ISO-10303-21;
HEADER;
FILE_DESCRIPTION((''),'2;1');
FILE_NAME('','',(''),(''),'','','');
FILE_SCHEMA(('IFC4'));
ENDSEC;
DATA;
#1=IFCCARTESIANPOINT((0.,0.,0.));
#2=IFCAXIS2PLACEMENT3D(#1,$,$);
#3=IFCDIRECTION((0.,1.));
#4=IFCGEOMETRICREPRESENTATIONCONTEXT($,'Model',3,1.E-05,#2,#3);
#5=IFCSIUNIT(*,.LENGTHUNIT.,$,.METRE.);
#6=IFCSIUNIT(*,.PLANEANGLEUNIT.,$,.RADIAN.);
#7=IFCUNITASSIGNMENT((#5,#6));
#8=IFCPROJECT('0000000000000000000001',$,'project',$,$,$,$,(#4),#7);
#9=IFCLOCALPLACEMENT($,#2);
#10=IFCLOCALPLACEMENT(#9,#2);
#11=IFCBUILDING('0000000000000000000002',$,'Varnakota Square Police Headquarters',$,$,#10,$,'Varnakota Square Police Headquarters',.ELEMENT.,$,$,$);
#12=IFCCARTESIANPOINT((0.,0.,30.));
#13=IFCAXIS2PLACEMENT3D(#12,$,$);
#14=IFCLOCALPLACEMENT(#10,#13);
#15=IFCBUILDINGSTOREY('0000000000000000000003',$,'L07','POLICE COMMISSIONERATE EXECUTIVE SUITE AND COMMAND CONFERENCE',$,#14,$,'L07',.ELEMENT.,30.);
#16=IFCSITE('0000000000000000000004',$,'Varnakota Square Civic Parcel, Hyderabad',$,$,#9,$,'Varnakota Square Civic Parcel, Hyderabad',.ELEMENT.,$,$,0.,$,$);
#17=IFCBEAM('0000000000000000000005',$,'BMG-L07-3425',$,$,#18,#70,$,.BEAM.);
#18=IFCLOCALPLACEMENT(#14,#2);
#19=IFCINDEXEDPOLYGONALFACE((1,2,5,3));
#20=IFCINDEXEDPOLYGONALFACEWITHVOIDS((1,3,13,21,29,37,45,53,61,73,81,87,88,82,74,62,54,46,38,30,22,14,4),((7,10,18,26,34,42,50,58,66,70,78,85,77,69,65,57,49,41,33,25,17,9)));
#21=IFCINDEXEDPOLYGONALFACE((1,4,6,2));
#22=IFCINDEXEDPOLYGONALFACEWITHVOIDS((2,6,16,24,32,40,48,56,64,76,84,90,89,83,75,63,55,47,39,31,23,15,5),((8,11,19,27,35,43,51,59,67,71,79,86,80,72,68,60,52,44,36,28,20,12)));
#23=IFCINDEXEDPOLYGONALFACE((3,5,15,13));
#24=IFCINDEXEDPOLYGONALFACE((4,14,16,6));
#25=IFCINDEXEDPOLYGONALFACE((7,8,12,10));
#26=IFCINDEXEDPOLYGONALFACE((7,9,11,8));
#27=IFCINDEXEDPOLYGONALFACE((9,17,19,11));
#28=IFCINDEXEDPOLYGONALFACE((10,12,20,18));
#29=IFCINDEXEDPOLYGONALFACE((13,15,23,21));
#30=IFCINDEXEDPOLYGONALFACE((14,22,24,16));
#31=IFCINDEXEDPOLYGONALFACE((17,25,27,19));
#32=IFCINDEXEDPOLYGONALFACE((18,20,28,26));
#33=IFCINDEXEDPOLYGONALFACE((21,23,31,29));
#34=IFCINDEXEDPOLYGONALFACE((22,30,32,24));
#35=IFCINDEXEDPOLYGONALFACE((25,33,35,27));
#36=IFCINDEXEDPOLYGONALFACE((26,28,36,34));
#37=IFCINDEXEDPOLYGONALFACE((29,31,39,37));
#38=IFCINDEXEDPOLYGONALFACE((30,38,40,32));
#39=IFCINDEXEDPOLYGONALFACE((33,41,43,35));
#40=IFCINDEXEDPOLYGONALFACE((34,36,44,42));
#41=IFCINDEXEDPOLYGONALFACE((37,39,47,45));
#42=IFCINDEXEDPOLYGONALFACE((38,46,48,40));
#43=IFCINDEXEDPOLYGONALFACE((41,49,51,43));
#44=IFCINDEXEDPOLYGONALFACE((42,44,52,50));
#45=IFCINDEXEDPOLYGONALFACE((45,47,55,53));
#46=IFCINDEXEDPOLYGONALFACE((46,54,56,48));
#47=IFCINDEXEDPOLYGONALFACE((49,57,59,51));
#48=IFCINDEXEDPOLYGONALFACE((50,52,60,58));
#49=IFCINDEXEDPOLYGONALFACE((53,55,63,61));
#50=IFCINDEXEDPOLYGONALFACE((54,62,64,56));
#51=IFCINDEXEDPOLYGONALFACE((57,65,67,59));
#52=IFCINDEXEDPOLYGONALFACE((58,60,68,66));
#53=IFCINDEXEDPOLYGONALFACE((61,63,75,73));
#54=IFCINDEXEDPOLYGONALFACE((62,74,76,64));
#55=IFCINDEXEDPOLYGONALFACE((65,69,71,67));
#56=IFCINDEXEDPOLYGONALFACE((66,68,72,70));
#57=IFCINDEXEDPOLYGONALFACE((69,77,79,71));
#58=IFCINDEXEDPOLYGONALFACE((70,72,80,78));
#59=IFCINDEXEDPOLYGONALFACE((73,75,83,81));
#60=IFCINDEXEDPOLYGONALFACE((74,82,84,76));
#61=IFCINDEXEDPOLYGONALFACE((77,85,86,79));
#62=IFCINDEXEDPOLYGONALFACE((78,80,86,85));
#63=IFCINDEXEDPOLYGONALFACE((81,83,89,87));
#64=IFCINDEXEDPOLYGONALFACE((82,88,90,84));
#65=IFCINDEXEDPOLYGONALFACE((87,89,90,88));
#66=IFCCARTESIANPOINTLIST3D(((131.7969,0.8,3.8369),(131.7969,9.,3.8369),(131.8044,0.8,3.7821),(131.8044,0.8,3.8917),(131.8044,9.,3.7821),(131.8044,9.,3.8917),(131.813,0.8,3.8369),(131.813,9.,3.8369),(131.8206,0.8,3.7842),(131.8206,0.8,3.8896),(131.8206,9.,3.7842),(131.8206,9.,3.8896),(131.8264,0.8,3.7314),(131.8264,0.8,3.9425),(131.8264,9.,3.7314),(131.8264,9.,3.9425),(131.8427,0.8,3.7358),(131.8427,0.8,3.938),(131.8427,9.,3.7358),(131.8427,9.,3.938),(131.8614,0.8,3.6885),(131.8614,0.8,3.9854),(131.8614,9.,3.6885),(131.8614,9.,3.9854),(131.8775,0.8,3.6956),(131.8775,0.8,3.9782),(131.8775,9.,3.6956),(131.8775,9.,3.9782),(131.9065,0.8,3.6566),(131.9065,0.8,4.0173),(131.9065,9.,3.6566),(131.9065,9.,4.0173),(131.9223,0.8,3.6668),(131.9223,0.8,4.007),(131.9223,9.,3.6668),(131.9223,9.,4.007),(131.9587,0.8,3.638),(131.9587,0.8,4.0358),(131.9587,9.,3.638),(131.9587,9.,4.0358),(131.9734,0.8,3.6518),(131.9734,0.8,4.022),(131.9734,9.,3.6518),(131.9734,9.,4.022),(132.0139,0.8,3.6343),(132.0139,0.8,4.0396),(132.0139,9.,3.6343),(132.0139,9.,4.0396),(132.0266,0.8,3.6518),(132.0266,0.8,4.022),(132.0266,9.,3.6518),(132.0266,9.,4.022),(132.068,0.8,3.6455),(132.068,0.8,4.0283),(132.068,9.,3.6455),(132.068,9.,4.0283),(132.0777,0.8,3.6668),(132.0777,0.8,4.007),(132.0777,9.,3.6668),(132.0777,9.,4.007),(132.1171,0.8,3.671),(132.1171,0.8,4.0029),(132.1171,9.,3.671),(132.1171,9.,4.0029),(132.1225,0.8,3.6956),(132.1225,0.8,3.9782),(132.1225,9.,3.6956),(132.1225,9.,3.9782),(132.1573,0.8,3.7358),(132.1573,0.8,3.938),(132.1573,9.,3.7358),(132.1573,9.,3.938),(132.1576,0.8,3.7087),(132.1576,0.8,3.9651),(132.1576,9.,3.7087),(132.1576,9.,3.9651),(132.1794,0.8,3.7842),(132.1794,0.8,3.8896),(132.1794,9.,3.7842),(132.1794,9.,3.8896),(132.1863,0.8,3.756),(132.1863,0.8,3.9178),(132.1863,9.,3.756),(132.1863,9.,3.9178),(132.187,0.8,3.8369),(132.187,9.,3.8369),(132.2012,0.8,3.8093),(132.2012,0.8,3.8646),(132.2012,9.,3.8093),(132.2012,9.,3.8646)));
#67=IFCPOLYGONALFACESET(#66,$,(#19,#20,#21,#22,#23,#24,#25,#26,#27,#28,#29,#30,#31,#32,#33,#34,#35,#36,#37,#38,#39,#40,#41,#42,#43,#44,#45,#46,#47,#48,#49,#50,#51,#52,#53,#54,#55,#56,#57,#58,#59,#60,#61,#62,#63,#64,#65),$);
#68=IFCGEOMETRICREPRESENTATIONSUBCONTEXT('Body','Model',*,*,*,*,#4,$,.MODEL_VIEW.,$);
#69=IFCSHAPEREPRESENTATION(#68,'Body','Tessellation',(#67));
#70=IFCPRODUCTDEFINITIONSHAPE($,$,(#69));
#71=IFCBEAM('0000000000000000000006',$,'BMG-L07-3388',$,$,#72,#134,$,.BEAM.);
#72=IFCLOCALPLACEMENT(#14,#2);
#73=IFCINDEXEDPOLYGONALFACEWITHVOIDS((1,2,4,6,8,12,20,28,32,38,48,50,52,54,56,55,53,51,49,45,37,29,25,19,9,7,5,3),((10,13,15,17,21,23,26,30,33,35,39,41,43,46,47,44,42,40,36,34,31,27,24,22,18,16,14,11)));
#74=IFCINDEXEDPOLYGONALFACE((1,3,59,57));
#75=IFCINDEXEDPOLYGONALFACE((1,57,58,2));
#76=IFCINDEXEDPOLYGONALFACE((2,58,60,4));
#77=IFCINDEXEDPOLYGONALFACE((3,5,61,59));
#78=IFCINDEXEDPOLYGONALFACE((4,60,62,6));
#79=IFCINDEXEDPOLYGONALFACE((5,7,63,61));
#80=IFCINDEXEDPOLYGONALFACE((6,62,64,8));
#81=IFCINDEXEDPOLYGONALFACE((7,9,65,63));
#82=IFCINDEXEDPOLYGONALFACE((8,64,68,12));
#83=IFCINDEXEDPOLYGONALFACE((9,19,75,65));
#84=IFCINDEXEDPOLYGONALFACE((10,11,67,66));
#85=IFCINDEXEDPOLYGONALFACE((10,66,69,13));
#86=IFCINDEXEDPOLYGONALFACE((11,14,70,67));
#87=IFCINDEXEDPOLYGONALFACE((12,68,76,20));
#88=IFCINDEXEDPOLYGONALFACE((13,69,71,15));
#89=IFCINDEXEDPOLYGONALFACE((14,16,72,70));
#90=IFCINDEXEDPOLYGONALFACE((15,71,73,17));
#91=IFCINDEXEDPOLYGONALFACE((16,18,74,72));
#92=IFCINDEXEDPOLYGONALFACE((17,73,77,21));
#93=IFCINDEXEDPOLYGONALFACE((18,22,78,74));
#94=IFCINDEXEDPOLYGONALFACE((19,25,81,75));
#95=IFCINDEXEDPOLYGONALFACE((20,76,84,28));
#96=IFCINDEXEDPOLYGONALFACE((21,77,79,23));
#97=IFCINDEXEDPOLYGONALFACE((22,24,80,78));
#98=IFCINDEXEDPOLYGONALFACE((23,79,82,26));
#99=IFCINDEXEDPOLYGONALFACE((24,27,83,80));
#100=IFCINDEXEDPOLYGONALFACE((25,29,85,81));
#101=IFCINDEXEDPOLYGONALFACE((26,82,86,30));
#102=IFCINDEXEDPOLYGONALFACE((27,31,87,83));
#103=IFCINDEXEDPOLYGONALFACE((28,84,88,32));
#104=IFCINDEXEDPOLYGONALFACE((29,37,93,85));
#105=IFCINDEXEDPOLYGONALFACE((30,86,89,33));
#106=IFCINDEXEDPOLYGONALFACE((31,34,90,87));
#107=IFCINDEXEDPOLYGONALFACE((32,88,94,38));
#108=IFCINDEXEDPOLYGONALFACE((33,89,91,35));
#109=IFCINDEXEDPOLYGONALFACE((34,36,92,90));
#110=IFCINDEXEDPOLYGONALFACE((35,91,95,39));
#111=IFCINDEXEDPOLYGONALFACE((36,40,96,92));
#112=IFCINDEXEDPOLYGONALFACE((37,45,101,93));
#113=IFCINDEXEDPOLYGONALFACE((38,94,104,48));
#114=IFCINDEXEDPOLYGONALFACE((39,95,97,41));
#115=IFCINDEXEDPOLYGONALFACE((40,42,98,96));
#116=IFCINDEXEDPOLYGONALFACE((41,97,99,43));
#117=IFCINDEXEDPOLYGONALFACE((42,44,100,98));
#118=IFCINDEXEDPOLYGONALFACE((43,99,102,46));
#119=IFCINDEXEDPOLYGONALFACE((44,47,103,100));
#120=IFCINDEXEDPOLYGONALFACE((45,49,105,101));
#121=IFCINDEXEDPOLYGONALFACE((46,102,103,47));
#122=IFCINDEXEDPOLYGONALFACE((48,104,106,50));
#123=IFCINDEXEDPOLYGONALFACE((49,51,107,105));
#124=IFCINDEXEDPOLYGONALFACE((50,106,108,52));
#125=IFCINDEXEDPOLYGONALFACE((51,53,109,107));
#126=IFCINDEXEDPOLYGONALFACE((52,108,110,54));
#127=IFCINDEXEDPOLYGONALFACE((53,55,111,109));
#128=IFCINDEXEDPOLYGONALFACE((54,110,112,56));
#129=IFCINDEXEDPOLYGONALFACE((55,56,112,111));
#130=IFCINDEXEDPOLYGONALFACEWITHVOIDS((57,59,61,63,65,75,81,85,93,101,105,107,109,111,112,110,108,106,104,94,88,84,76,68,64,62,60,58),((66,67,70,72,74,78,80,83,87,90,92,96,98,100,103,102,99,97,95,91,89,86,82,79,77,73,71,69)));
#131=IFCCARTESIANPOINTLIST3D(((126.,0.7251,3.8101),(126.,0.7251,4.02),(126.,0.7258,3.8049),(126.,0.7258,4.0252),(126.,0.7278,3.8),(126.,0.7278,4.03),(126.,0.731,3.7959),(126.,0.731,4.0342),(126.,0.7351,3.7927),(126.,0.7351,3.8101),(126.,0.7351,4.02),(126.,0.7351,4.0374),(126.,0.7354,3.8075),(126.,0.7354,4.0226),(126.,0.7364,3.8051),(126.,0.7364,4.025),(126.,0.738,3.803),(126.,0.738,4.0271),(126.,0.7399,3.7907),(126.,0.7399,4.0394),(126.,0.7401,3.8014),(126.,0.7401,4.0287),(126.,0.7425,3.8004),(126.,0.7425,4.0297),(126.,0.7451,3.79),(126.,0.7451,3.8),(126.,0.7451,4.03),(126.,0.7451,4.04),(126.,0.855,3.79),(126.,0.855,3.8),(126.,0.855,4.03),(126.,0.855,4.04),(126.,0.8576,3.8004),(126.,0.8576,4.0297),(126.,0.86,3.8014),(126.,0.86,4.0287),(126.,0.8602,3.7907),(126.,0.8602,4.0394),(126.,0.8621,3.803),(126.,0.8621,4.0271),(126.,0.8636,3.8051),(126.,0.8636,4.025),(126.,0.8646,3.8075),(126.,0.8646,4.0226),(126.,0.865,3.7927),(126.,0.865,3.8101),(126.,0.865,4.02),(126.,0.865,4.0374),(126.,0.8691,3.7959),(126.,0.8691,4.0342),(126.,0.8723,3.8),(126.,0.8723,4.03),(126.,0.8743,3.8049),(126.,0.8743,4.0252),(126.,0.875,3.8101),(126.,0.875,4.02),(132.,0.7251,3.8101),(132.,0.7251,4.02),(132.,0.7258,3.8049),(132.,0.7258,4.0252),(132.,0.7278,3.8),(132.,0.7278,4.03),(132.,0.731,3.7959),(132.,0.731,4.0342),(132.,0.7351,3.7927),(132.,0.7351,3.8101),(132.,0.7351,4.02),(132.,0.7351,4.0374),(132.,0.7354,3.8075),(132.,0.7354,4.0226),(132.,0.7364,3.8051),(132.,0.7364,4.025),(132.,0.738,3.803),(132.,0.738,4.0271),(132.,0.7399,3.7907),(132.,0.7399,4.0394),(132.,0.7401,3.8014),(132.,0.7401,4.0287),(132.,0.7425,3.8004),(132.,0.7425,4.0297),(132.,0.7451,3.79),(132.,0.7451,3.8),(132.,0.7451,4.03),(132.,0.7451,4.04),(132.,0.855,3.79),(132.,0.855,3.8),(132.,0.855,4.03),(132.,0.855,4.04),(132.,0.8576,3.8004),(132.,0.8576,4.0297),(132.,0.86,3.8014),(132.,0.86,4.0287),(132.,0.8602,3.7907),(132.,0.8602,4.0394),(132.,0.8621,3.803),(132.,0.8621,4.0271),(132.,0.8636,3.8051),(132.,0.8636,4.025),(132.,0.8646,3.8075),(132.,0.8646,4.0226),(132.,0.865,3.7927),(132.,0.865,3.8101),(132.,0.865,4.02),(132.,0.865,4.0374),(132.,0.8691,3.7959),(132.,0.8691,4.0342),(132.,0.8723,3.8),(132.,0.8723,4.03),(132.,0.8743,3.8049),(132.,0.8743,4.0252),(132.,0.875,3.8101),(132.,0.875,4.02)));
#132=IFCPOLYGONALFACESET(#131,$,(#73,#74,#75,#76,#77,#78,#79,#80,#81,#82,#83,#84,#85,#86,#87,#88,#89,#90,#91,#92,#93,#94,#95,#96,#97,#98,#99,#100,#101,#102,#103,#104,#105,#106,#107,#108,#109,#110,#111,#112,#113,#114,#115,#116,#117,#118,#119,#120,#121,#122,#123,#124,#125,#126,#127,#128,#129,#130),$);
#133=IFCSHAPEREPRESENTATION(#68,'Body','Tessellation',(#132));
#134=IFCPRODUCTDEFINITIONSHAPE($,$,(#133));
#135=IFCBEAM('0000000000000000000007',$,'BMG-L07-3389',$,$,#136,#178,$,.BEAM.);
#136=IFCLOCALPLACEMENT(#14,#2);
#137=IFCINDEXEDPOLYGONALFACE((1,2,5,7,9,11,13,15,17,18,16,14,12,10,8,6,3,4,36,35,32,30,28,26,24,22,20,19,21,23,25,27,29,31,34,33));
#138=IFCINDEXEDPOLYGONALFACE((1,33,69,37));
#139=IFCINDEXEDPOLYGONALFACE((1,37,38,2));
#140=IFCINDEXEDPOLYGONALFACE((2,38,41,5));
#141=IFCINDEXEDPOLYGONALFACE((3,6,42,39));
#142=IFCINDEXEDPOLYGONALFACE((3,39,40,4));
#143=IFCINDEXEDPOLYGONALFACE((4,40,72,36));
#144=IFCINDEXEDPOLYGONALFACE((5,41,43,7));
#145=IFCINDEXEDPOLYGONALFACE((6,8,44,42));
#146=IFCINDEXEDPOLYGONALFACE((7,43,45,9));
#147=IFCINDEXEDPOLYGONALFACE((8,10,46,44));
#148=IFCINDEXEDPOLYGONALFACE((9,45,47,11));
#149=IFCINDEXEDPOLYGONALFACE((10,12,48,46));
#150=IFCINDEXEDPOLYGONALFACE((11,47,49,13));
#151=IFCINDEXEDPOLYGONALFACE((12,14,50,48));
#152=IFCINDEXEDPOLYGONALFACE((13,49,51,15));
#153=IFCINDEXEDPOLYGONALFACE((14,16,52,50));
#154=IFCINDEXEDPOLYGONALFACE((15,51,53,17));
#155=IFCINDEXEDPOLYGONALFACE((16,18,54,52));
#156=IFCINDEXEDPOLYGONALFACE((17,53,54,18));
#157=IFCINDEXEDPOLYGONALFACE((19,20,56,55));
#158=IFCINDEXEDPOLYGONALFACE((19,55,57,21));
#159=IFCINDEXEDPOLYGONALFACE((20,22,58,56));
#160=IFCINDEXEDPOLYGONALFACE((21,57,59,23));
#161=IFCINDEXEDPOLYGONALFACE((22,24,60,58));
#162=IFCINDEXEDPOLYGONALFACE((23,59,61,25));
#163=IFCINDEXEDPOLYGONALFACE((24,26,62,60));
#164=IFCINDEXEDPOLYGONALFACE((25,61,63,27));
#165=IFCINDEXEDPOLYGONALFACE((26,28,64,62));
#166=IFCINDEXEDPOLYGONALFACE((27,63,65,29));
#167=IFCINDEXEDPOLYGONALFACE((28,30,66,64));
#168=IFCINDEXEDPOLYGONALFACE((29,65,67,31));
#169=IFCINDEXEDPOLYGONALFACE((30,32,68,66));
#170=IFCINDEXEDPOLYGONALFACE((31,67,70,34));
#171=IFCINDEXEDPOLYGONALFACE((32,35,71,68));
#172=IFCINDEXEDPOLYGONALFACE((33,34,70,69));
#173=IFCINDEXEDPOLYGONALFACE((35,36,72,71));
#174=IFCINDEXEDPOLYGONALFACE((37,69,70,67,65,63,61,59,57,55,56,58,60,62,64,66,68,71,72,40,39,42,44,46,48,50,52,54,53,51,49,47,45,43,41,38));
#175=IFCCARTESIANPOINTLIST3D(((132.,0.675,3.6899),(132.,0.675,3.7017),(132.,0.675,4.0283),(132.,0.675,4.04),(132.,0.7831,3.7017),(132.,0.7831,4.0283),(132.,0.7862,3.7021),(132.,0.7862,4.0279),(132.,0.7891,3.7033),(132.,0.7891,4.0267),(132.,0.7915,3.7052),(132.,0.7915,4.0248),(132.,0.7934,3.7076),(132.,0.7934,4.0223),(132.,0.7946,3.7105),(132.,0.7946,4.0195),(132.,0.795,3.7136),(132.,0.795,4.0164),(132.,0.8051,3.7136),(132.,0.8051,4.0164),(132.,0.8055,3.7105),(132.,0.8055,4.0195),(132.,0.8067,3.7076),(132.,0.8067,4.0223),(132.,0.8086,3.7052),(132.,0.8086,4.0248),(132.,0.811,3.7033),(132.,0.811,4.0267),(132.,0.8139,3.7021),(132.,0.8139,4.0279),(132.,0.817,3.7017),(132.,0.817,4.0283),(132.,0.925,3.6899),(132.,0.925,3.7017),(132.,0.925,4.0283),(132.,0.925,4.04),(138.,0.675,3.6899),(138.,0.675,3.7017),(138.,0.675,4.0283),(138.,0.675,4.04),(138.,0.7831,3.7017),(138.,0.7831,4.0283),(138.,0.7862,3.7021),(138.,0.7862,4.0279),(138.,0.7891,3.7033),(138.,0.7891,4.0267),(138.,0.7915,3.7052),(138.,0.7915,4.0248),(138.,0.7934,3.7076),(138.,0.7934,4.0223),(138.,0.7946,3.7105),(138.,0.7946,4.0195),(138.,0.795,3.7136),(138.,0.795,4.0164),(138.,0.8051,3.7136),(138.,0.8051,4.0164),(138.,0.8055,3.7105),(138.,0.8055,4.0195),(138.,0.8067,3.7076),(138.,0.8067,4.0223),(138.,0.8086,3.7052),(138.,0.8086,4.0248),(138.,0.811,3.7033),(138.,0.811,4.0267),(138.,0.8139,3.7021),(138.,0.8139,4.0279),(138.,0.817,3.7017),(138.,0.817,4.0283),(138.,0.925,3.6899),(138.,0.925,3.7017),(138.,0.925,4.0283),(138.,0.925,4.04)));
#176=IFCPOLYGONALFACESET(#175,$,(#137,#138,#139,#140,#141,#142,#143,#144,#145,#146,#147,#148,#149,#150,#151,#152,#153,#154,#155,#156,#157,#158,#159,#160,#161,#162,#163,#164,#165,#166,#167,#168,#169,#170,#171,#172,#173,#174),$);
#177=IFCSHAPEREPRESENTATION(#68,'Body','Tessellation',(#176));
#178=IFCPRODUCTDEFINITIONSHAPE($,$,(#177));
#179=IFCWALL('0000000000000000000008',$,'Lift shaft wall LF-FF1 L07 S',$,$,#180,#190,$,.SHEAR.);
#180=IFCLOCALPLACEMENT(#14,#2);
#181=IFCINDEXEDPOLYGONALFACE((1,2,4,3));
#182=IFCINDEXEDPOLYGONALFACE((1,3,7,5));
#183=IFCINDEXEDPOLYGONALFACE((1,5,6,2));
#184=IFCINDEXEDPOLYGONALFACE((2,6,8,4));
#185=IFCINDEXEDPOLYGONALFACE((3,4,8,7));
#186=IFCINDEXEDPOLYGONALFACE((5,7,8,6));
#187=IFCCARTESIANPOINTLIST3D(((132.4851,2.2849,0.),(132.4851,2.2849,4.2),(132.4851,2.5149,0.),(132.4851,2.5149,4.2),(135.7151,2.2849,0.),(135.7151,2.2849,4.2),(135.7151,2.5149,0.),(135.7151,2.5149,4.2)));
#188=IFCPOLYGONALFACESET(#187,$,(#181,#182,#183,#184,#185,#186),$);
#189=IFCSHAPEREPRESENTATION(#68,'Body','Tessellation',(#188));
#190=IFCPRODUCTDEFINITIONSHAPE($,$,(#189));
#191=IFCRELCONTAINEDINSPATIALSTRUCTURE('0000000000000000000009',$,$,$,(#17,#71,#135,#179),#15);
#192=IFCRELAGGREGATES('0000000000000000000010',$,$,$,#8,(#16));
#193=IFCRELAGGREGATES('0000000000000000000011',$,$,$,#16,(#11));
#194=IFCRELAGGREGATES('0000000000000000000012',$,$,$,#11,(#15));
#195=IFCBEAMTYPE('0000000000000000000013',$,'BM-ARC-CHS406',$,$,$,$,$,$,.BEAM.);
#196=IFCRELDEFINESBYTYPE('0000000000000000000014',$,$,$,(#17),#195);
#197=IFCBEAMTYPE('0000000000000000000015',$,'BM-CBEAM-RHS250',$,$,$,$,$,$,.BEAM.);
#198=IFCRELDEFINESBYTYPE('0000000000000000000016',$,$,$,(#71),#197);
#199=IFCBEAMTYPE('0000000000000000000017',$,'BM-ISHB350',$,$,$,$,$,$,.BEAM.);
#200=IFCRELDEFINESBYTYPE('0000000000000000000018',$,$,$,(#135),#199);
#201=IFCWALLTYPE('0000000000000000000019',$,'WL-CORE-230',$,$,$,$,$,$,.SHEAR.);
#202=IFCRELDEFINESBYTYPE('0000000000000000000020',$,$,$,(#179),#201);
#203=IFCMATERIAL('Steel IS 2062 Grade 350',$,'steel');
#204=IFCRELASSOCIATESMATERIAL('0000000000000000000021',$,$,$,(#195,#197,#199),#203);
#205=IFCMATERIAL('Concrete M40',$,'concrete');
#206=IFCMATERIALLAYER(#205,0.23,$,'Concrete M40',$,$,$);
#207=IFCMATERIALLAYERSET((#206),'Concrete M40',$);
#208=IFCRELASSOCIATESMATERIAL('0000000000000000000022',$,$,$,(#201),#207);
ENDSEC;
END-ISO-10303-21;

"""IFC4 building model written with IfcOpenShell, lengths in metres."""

from ifc_helpers import new_model, si_unit, direction, frame, frame_2d, origin, origin_2d, place, context, subcontext, project, spatial, rectangle, hollow_rectangle, hollow_circle, i_section, extrude, material, layer, layer_set, material_profile, profile_set, type_object, element, save


model = new_model("IFC4")

# Units and contexts
model_context = context("Model", 3, precision=1e-05, world=origin(), true_north=direction((0.0, 1.0)))
body_context = subcontext(model_context, "Body", "Model", "MODEL_VIEW")
ifc_project = project(units=[si_unit("LENGTHUNIT", "METRE"), si_unit("PLANEANGLEUNIT", "RADIAN")], contexts=[model_context])

# Site, building, storey
site_placement = place(None, origin())
site = spatial("IfcSite", under=ifc_project, at=site_placement, Name="Varnakota Square Civic Parcel, Hyderabad", LongName="Varnakota Square Civic Parcel, Hyderabad", CompositionType="ELEMENT", RefElevation=0.0)
building_placement = place(site_placement, origin())
building = spatial("IfcBuilding", under=site, at=building_placement, Name="Varnakota Square Police Headquarters", LongName="Varnakota Square Police Headquarters", CompositionType="ELEMENT")
storey_placement = place(building_placement, frame((0.0, 0.0, 30.0)))
storey = spatial("IfcBuildingStorey", under=building, at=storey_placement, Name="L07", Description="POLICE COMMISSIONERATE EXECUTIVE SUITE AND COMMAND CONFERENCE", LongName="L07", CompositionType="ELEMENT", Elevation=30.0)

# Shared definitions
ifc_material_1 = material(Name="Steel IS 2062 Grade 350", Category="steel")

# Beams
ifc_material_profile_1 = material_profile(ifc_material_1, hollow_circle(Radius=0.2031, WallThickness=0.0161, at=origin_2d()), Name="CHS 406.4x16.0")
ifc_profile_set_1 = profile_set([ifc_material_profile_1], Name="Steel IS 2062 Grade 350")
beam_type_1 = type_object("IfcBeamType", Name="BM-ARC-CHS406", PredefinedType="BEAM", material=ifc_profile_set_1)
for number, where, z_axis, x_axis, name in (
    (1, (132.0, 0.8, 3.8369), (0.0, 1.0, 0.0), (-1.0, 0.0, 0.0), "BMG-L07-3425"),
):
    element("IfcBeam", number, at=place(storey_placement, frame(where, z_axis=z_axis, x_axis=x_axis)), inside=storey, type_object=beam_type_1, Name=name, PredefinedType="BEAM", context=body_context, shape_type="SweptSolid", body=[
        extrude(hollow_circle(Radius=0.2031, WallThickness=0.0161, at=origin_2d()), origin(), (0.0, 0.0, 1.0), 8.2),
    ])
ifc_material_profile_2 = material_profile(ifc_material_1, hollow_rectangle(XDim=0.1499, YDim=0.25, WallThickness=0.01, InnerFilletRadius=0.01, OuterFilletRadius=0.02, at=origin_2d()), Name="RHS 250x150x10")
ifc_profile_set_2 = profile_set([ifc_material_profile_2], Name="Steel IS 2062 Grade 350")
beam_type_2 = type_object("IfcBeamType", Name="BM-CBEAM-RHS250", PredefinedType="BEAM", material=ifc_profile_set_2)
beam_1_placement = place(storey_placement, frame((126.0, 0.8, 3.915), z_axis=(1.0, 0.0, 0.0), x_axis=(0.0, 1.0, 0.0)))
element("IfcBeam", 2, at=beam_1_placement, inside=storey, type_object=beam_type_2, Name="BMG-L07-3388", PredefinedType="BEAM", context=body_context, shape_type="SweptSolid", body=[
    extrude(hollow_rectangle(XDim=0.1499, YDim=0.25, WallThickness=0.01, InnerFilletRadius=0.01, OuterFilletRadius=0.02, at=origin_2d()), origin(), (0.0, 0.0, 1.0), 6.0),
])
ifc_material_profile_3 = material_profile(ifc_material_1, i_section(OverallWidth=0.25, OverallDepth=0.3501, WebThickness=0.01, FlangeThickness=0.0117, FilletRadius=0.012, at=origin_2d()), Name="ISHB 350")
ifc_profile_set_3 = profile_set([ifc_material_profile_3], Name="Steel IS 2062 Grade 350")
beam_type_3 = type_object("IfcBeamType", Name="BM-ISHB350", PredefinedType="BEAM", material=ifc_profile_set_3)
beam_2_placement = place(storey_placement, frame((132.0, 0.8, 3.865), z_axis=(1.0, 0.0, 0.0), x_axis=(0.0, 1.0, 0.0)))
element("IfcBeam", 3, at=beam_2_placement, inside=storey, type_object=beam_type_3, Name="BMG-L07-3389", PredefinedType="BEAM", context=body_context, shape_type="SweptSolid", body=[
    extrude(i_section(OverallWidth=0.25, OverallDepth=0.3501, WebThickness=0.01, FlangeThickness=0.0117, FilletRadius=0.012, at=origin_2d()), origin(), (0.0, 0.0, 1.0), 6.0),
])

# Wall
ifc_material_2 = material(Name="Concrete M40", Category="concrete")
ifc_layer_1 = layer(ifc_material_2, 0.23, Name="Concrete M40")
ifc_layer_set_1 = layer_set([ifc_layer_1], Name="Concrete M40")
wall_type_1 = type_object("IfcWallType", Name="WL-CORE-230", PredefinedType="SHEAR", material=ifc_layer_set_1)
wall_1_placement = place(storey_placement, frame((132.4851, 2.3999, 0.0), z_axis=(0.0, 0.0, 1.0), x_axis=(1.0, 0.0, 0.0)))
element("IfcWall", 4, at=wall_1_placement, inside=storey, type_object=wall_type_1, Name="Lift shaft wall LF-FF1 L07 S", PredefinedType="SHEAR", context=body_context, shape_type="SweptSolid", body=[
    extrude(rectangle(XDim=3.23, YDim=0.23, at=frame_2d((1.615, 0.0))), origin(), (0.0, 0.0, 1.0), 4.2),
])

save(model, "model.ifc")
